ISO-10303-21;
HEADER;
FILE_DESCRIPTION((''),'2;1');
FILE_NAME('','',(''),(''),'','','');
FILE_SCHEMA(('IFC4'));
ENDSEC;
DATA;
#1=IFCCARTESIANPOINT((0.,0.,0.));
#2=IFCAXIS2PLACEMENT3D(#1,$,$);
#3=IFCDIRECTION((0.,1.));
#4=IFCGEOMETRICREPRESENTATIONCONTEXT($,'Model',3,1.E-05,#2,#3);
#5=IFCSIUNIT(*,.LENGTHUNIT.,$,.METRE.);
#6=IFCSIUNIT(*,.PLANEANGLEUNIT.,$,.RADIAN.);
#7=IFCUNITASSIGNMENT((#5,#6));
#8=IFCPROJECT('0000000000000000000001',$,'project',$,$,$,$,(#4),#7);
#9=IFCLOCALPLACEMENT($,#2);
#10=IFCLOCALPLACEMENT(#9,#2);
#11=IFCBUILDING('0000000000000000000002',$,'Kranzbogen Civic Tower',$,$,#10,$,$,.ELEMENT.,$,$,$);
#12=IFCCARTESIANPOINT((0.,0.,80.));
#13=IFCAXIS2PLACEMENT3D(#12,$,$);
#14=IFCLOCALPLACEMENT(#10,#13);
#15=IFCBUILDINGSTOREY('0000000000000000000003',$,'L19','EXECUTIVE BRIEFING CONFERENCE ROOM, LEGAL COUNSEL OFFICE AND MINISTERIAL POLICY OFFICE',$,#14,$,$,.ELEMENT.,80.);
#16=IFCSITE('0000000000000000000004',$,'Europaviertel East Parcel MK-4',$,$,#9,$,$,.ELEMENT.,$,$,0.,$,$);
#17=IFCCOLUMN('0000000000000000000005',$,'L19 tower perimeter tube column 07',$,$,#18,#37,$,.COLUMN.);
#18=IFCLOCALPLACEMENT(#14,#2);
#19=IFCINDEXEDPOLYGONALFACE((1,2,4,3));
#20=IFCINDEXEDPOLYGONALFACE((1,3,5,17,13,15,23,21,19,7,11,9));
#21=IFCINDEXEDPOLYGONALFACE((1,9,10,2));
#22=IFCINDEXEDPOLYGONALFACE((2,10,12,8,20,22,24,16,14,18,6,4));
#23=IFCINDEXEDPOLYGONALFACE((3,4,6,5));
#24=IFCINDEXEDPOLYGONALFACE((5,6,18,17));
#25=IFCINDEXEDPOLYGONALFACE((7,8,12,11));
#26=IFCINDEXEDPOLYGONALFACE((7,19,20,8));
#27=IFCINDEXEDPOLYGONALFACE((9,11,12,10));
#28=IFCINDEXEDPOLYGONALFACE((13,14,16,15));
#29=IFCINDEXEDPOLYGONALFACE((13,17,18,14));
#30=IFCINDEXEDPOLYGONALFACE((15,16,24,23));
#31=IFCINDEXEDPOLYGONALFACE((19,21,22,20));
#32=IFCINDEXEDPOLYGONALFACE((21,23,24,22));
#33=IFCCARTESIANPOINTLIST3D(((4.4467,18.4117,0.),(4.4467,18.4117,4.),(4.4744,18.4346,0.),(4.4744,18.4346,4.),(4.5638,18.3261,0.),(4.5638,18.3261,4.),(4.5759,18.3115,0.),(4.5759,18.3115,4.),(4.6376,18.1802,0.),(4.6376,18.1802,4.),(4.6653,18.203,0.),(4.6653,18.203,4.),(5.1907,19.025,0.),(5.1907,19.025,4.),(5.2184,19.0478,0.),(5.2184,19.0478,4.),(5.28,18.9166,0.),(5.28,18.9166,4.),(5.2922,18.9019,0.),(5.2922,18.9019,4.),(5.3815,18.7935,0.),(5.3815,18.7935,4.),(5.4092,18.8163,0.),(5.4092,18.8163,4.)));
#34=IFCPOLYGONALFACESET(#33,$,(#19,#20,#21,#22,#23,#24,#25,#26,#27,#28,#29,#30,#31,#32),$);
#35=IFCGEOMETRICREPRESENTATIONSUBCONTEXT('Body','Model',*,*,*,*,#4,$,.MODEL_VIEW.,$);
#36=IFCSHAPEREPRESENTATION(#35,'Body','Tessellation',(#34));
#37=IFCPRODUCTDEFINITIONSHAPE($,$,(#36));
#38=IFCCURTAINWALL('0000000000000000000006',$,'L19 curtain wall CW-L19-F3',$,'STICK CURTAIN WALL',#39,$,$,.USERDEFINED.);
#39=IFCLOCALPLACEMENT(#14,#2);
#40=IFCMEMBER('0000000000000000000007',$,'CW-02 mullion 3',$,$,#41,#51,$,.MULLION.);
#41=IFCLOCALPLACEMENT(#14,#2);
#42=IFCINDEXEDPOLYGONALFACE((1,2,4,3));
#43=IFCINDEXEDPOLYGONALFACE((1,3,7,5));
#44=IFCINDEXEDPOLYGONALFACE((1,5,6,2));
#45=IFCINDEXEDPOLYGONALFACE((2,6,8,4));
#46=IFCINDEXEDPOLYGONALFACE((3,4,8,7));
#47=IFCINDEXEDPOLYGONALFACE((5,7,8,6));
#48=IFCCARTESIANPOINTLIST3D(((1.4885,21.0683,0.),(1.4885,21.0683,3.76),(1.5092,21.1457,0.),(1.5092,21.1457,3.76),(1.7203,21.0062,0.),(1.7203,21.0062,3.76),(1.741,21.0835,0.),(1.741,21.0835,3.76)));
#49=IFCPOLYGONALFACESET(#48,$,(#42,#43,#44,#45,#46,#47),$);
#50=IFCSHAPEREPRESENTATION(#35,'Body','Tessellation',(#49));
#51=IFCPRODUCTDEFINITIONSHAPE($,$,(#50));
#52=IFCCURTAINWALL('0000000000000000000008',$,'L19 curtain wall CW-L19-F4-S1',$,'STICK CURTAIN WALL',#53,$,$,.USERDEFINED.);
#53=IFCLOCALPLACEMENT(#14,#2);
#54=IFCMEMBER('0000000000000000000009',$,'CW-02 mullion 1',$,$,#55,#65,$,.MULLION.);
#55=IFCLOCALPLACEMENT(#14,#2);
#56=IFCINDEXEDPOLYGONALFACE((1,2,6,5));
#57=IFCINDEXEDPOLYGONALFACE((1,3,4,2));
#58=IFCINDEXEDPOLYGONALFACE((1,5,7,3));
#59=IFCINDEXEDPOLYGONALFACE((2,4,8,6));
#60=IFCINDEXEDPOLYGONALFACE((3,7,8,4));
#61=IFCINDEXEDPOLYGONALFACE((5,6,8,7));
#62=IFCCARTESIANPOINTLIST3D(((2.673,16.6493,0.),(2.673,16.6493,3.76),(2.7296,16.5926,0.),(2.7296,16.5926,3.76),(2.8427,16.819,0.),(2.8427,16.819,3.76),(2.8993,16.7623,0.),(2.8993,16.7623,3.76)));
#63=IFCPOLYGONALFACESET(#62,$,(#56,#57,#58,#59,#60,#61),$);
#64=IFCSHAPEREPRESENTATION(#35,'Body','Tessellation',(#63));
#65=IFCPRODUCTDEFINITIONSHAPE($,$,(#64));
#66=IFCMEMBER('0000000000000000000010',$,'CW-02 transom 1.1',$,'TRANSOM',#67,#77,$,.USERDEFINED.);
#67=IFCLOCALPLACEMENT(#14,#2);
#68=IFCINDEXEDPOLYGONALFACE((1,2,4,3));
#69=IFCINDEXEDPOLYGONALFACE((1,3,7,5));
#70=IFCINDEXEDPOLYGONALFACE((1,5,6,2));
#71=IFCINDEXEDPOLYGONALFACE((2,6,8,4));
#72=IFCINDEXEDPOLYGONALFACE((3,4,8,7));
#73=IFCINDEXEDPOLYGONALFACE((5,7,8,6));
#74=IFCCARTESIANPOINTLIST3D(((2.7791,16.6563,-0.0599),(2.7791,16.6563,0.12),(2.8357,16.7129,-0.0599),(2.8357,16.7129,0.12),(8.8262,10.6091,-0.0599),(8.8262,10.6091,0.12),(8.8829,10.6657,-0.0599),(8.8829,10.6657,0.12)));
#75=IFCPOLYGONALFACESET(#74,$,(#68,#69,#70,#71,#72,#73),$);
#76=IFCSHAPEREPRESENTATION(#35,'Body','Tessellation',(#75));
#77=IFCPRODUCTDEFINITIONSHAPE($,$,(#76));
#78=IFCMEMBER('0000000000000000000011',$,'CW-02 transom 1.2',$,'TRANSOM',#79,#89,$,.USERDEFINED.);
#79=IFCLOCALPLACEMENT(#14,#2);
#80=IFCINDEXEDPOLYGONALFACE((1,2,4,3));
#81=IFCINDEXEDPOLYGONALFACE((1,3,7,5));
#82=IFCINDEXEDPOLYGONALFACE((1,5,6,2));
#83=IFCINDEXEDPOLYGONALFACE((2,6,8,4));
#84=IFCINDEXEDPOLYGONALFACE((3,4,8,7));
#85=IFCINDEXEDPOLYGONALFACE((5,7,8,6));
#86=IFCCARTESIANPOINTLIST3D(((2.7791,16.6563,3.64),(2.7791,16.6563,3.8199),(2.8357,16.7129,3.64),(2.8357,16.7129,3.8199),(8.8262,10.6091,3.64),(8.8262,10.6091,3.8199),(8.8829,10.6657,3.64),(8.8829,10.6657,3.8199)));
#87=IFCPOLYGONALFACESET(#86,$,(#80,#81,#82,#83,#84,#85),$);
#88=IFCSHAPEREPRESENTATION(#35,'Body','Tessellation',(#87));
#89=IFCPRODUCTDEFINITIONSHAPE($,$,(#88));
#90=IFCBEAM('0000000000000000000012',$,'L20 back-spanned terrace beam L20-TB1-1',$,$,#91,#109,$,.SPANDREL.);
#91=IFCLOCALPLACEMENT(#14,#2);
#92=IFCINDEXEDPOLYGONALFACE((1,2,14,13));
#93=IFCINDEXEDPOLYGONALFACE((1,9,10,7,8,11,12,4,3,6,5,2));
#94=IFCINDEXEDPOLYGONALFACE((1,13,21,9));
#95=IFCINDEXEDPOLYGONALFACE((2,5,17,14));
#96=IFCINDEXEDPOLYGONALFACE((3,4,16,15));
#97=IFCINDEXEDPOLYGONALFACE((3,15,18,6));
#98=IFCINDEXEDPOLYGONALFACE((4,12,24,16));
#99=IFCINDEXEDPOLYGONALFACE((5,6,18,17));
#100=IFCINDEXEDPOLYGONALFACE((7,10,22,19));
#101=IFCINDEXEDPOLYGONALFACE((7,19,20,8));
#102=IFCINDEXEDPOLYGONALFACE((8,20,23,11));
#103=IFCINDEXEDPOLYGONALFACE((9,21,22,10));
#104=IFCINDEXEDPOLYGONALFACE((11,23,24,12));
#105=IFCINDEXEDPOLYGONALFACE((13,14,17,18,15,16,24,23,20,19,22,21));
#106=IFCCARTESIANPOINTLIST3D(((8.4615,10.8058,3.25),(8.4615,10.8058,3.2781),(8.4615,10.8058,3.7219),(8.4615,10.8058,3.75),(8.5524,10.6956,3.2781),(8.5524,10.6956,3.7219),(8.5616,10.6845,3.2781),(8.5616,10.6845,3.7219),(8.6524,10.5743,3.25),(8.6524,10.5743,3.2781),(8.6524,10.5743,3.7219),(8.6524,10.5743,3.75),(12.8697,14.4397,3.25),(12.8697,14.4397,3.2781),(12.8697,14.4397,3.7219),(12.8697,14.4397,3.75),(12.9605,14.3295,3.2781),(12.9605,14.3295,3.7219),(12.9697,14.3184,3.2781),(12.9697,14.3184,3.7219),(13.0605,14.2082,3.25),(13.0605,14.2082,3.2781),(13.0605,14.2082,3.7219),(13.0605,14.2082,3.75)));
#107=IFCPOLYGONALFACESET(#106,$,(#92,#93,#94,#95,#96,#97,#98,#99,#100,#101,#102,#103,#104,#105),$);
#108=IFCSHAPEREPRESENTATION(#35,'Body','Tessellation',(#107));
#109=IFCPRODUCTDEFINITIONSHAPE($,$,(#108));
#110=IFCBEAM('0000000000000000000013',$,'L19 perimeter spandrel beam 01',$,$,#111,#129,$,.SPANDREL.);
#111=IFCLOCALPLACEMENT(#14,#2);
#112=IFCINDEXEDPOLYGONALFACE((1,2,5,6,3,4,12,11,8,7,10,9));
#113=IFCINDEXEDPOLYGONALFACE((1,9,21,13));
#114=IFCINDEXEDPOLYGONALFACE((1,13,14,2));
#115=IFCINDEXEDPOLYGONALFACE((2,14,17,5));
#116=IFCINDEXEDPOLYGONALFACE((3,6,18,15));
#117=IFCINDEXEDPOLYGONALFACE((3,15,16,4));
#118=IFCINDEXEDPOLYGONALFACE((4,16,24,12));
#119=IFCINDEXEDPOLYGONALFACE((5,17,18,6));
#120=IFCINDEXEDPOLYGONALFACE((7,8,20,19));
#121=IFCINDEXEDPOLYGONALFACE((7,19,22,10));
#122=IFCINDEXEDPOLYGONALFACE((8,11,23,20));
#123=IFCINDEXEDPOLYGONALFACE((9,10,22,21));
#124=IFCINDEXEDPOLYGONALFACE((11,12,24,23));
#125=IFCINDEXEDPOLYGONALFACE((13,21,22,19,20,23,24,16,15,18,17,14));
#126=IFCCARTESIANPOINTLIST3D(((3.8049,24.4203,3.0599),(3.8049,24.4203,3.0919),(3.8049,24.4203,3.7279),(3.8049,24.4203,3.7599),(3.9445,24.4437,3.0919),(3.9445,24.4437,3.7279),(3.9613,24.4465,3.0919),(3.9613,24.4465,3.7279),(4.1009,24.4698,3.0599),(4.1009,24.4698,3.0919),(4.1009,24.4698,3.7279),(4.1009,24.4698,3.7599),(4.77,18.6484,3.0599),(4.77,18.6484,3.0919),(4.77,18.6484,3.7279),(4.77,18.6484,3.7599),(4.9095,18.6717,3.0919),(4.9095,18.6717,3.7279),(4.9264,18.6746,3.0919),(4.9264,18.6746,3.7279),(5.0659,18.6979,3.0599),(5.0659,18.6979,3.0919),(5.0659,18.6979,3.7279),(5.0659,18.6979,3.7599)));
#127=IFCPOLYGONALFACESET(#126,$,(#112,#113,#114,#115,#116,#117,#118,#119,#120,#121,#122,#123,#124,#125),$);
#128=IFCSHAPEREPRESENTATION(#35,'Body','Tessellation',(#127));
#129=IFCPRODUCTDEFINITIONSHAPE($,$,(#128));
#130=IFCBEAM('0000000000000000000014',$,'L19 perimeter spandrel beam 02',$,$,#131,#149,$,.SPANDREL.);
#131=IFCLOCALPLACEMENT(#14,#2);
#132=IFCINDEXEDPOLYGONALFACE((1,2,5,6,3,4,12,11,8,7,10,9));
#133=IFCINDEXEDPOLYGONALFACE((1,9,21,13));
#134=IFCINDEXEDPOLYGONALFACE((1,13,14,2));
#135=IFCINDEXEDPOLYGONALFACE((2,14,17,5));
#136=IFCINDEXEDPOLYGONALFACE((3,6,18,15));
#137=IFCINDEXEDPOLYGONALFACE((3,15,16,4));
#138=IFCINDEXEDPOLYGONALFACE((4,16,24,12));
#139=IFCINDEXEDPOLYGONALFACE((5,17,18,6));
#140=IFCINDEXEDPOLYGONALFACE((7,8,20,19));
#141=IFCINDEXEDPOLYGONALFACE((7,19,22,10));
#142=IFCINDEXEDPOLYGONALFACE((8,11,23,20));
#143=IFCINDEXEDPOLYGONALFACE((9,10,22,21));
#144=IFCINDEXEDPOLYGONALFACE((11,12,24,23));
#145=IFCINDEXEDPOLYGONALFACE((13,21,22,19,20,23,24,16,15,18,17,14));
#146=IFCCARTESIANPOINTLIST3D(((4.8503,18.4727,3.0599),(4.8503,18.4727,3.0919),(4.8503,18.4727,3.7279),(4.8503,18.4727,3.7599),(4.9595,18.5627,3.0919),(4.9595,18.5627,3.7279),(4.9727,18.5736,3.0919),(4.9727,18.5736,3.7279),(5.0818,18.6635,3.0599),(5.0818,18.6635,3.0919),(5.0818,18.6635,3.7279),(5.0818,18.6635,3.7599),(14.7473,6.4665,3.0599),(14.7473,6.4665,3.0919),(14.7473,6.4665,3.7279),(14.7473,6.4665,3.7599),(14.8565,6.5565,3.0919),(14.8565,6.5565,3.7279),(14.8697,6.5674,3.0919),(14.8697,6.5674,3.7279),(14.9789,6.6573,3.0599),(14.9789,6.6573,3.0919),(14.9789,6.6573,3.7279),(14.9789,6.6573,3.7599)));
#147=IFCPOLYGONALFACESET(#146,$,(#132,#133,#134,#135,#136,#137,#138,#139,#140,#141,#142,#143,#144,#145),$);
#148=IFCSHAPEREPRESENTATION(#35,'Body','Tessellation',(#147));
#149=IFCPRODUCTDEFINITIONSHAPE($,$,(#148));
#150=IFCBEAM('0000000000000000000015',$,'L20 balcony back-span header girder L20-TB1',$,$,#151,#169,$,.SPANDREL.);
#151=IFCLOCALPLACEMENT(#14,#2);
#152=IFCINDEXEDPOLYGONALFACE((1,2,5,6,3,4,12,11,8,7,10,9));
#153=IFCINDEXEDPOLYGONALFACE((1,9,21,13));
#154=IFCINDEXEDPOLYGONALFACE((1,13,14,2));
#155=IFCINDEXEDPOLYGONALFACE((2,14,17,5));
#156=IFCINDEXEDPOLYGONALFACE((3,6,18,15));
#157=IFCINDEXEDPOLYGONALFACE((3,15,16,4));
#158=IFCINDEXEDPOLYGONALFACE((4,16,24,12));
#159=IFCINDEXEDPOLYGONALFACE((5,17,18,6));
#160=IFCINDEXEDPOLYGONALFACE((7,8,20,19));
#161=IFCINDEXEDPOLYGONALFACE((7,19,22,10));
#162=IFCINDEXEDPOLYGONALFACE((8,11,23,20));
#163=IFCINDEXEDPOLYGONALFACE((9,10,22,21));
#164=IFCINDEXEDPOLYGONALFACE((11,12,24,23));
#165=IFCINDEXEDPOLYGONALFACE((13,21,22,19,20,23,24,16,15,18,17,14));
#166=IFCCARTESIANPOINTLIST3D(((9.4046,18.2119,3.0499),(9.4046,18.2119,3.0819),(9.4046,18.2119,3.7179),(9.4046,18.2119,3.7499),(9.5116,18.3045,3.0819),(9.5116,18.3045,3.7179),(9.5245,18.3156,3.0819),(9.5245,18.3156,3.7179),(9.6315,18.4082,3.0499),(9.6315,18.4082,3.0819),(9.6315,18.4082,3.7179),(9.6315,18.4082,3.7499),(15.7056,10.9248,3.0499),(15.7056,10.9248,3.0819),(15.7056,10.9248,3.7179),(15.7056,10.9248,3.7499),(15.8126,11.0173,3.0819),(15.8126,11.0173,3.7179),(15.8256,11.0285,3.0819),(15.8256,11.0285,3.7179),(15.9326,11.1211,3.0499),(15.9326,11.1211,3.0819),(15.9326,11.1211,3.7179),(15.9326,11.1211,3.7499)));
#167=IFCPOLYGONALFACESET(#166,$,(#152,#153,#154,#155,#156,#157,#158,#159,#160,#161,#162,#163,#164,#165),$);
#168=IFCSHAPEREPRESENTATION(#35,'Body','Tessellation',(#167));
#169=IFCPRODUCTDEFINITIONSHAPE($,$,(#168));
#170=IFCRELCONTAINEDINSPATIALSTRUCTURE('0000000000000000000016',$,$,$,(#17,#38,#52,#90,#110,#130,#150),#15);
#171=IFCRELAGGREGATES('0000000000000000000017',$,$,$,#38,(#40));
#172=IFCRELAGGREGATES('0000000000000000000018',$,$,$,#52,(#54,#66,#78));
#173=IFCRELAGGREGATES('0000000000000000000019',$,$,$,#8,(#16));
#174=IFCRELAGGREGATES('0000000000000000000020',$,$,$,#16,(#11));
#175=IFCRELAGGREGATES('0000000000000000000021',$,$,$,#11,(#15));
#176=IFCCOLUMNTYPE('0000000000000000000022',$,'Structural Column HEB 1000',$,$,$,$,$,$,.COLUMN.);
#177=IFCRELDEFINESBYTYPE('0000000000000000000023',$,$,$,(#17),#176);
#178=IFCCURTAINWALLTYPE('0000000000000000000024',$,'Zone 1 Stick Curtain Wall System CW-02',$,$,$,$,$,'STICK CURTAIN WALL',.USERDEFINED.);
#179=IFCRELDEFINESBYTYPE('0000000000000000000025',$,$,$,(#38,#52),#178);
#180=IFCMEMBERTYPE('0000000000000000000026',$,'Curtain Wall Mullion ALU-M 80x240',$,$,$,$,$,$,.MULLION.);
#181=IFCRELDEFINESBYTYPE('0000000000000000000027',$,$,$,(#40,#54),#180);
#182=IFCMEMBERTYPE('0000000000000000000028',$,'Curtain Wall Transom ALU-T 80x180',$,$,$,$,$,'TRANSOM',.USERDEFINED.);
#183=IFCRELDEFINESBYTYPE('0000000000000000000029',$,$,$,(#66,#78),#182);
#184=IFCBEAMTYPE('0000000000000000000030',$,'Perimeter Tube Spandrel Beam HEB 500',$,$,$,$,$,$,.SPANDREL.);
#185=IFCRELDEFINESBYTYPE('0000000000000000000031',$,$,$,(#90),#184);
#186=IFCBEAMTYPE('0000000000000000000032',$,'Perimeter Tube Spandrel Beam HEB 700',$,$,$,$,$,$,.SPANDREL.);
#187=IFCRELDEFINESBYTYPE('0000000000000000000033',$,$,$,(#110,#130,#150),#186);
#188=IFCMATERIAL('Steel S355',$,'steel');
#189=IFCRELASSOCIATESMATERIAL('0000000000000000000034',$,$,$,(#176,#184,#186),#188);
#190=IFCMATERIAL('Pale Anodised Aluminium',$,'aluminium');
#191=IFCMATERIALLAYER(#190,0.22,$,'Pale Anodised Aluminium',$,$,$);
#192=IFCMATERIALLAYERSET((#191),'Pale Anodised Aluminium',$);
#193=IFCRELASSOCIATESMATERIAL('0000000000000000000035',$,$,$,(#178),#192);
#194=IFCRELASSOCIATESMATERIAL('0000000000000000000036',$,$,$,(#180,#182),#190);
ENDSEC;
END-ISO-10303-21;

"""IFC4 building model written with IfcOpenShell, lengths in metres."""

from ifc_helpers import new_model, si_unit, direction, frame, origin, origin_2d, place, context, subcontext, project, spatial, rectangle, i_section, extrude, material, layer, layer_set, material_profile, profile_set, type_object, element, aggregate, save


model = new_model("IFC4")

# Units and contexts
model_context = context("Model", 3, precision=1e-05, world=origin(), true_north=direction((0.0, 1.0)))
body_context = subcontext(model_context, "Body", "Model", "MODEL_VIEW")
ifc_project = project(units=[si_unit("LENGTHUNIT", "METRE"), si_unit("PLANEANGLEUNIT", "RADIAN")], contexts=[model_context])

# Site, building, storey
site_placement = place(None, origin())
site = spatial("IfcSite", under=ifc_project, at=site_placement, Name="Europaviertel East Parcel MK-4", CompositionType="ELEMENT", RefElevation=0.0)
building_placement = place(site_placement, origin())
building = spatial("IfcBuilding", under=site, at=building_placement, Name="Kranzbogen Civic Tower", CompositionType="ELEMENT")
storey_placement = place(building_placement, frame((0.0, 0.0, 80.0)))
storey = spatial("IfcBuildingStorey", under=building, at=storey_placement, Name="L19", Description="EXECUTIVE BRIEFING CONFERENCE ROOM, LEGAL COUNSEL OFFICE AND MINISTERIAL POLICY OFFICE", CompositionType="ELEMENT", Elevation=80.0)

# Column
ifc_material_1 = material(Name="Steel S355", Category="steel")
ifc_material_profile_1 = material_profile(ifc_material_1, i_section(OverallWidth=0.3, OverallDepth=1.0, WebThickness=0.019, FlangeThickness=0.0359, at=origin_2d()), Name="HEB 1000")
ifc_profile_set_1 = profile_set([ifc_material_profile_1], Name="Steel S355")
column_type = type_object("IfcColumnType", Name="Structural Column HEB 1000", PredefinedType="COLUMN", material=ifc_profile_set_1)
column_placement = place(storey_placement, frame((4.928, 18.614, 0.0), z_axis=(0.0, 0.0, 1.0), x_axis=(-0.636078, 0.771625, 0.0)))
element("IfcColumn", 1, at=column_placement, inside=storey, type_object=column_type, Name="L19 tower perimeter tube column 07", PredefinedType="COLUMN", context=body_context, shape_type="SweptSolid", body=[
    extrude(i_section(OverallWidth=0.3, OverallDepth=1.0, WebThickness=0.019, FlangeThickness=0.0359, at=origin_2d()), origin(), (0.0, 0.0, 1.0), 4.0),
])

# Curtain wall, member
ifc_material_2 = material(Name="Pale Anodised Aluminium", Category="aluminium")
ifc_layer_1 = layer(ifc_material_2, 0.22, Name="Pale Anodised Aluminium")
ifc_layer_set_1 = layer_set([ifc_layer_1], Name="Pale Anodised Aluminium")
curtain_wall_type = type_object("IfcCurtainWallType", Name="Zone 1 Stick Curtain Wall System CW-02", ElementType="STICK CURTAIN WALL", PredefinedType="USERDEFINED", material=ifc_layer_set_1)
curtain_wall_1_placement = place(storey_placement, origin())
curtain_wall_1 = element("IfcCurtainWall", 2, at=curtain_wall_1_placement, inside=storey, type_object=curtain_wall_type, Name="L19 curtain wall CW-L19-F3", ObjectType="STICK CURTAIN WALL", PredefinedType="USERDEFINED")
ifc_material_profile_2 = material_profile(ifc_material_2, rectangle(XDim=0.0801, YDim=0.24, at=origin_2d()), Name="ALU-M 80x240")
ifc_profile_set_2 = profile_set([ifc_material_profile_2], Name="Pale Anodised Aluminium")
member_type_1 = type_object("IfcMemberType", Name="Curtain Wall Mullion ALU-M 80x240", PredefinedType="MULLION", material=ifc_profile_set_2)
member_1_placement = place(storey_placement, frame((1.6147, 21.0759, 0.0), z_axis=(0.0, 0.0, 1.0), x_axis=(-0.258851, -0.965917, 0.0)))
member_1 = element("IfcMember", 3, at=member_1_placement, type_object=member_type_1, Name="CW-02 mullion 3", PredefinedType="MULLION", context=body_context, shape_type="SweptSolid", body=[
    extrude(rectangle(XDim=0.0801, YDim=0.24, at=origin_2d()), origin(), (0.0, 0.0, 1.0), 3.76),
])
aggregate(curtain_wall_1, [member_1])

# Curtain wall, members
curtain_wall_2_placement = place(storey_placement, origin())
curtain_wall_2 = element("IfcCurtainWall", 4, at=curtain_wall_2_placement, inside=storey, type_object=curtain_wall_type, Name="L19 curtain wall CW-L19-F4-S1", ObjectType="STICK CURTAIN WALL", PredefinedType="USERDEFINED")
member_2_placement = place(storey_placement, frame((2.7861, 16.7058, 0.0), z_axis=(0.0, 0.0, 1.0), x_axis=(0.707107, -0.707107, 0.0)))
member_2 = element("IfcMember", 5, at=member_2_placement, type_object=member_type_1, Name="CW-02 mullion 1", PredefinedType="MULLION", context=body_context, shape_type="SweptSolid", body=[
    extrude(rectangle(XDim=0.0801, YDim=0.24, at=origin_2d()), origin(), (0.0, 0.0, 1.0), 3.76),
])
ifc_material_profile_3 = material_profile(ifc_material_2, rectangle(XDim=0.0801, YDim=0.1799, at=origin_2d()), Name="ALU-T 80x180")
ifc_profile_set_3 = profile_set([ifc_material_profile_3], Name="Pale Anodised Aluminium")
member_type_2 = type_object("IfcMemberType", Name="Curtain Wall Transom ALU-T 80x180", ElementType="TRANSOM", PredefinedType="USERDEFINED", material=ifc_profile_set_3)
member_3_placement = place(storey_placement, frame((2.8074, 16.6846, 0.03), z_axis=(0.707107, -0.707107, 0.0), x_axis=(0.707107, 0.707107, 0.0)))
member_3 = element("IfcMember", 6, at=member_3_placement, type_object=member_type_2, Name="CW-02 transom 1.1", ObjectType="TRANSOM", PredefinedType="USERDEFINED", context=body_context, shape_type="SweptSolid", body=[
    extrude(rectangle(XDim=0.0801, YDim=0.1799, at=origin_2d()), origin(), (0.0, 0.0, 1.0), 8.552),
])
member_4_placement = place(storey_placement, frame((2.8074, 16.6846, 3.73), z_axis=(0.707107, -0.707107, 0.0), x_axis=(0.707107, 0.707107, 0.0)))
member_4 = element("IfcMember", 7, at=member_4_placement, type_object=member_type_2, Name="CW-02 transom 1.2", ObjectType="TRANSOM", PredefinedType="USERDEFINED", context=body_context, shape_type="SweptSolid", body=[
    extrude(rectangle(XDim=0.0801, YDim=0.1799, at=origin_2d()), origin(), (0.0, 0.0, 1.0), 8.552),
])
aggregate(curtain_wall_2, [member_2, member_3, member_4])

# Beams
ifc_material_profile_4 = material_profile(ifc_material_1, i_section(OverallWidth=0.3, OverallDepth=0.5, WebThickness=0.0144, FlangeThickness=0.0281, at=origin_2d()), Name="HEB 500")
ifc_profile_set_4 = profile_set([ifc_material_profile_4], Name="Steel S355")
beam_type_1 = type_object("IfcBeamType", Name="Perimeter Tube Spandrel Beam HEB 500", PredefinedType="SPANDREL", material=ifc_profile_set_4)
beam_1_placement = place(storey_placement, frame((12.9651, 14.324, 3.5), z_axis=(-0.771608, -0.636098, 0.0), x_axis=(0.636098, -0.771608, 0.0)))
element("IfcBeam", 8, at=beam_1_placement, inside=storey, type_object=beam_type_1, Name="L20 back-spanned terrace beam L20-TB1-1", PredefinedType="SPANDREL", context=body_context, shape_type="SweptSolid", body=[
    extrude(i_section(OverallWidth=0.3, OverallDepth=0.5, WebThickness=0.0144, FlangeThickness=0.0281, at=origin_2d()), origin(), (0.0, 0.0, 1.0), 5.7129),
])
ifc_material_profile_5 = material_profile(ifc_material_1, i_section(OverallWidth=0.3, OverallDepth=0.7, WebThickness=0.0171, FlangeThickness=0.032, at=origin_2d()), Name="HEB 700")
ifc_profile_set_5 = profile_set([ifc_material_profile_5], Name="Steel S355")
beam_type_2 = type_object("IfcBeamType", Name="Perimeter Tube Spandrel Beam HEB 700", PredefinedType="SPANDREL", material=ifc_profile_set_5)
beam_2_placement = place(storey_placement, frame((3.9529, 24.4451, 3.4099), z_axis=(0.164913, -0.986308, 0.0), x_axis=(0.986308, 0.164913, 0.0)))
element("IfcBeam", 9, at=beam_2_placement, inside=storey, type_object=beam_type_2, Name="L19 perimeter spandrel beam 01", PredefinedType="SPANDREL", context=body_context, shape_type="SweptSolid", body=[
    extrude(i_section(OverallWidth=0.3, OverallDepth=0.7, WebThickness=0.0171, FlangeThickness=0.032, at=origin_2d()), origin(), (0.0, 0.0, 1.0), 5.8521),
])
beam_3_placement = place(storey_placement, frame((4.9661, 18.5681, 3.4099), z_axis=(0.636075, -0.771628, 0.0), x_axis=(0.771628, 0.636075, 0.0)))
element("IfcBeam", 10, at=beam_3_placement, inside=storey, type_object=beam_type_2, Name="L19 perimeter spandrel beam 02", PredefinedType="SPANDREL", context=body_context, shape_type="SweptSolid", body=[
    extrude(i_section(OverallWidth=0.3, OverallDepth=0.7, WebThickness=0.0171, FlangeThickness=0.032, at=origin_2d()), origin(), (0.0, 0.0, 1.0), 15.5596),
])
beam_4_placement = place(storey_placement, frame((9.5181, 18.3101, 3.3999), z_axis=(0.654072, -0.756432, 0.0), x_axis=(0.756432, 0.654072, 0.0)))
element("IfcBeam", 11, at=beam_4_placement, inside=storey, type_object=beam_type_2, Name="L20 balcony back-span header girder L20-TB1", PredefinedType="SPANDREL", context=body_context, shape_type="SweptSolid", body=[
    extrude(i_section(OverallWidth=0.3, OverallDepth=0.7, WebThickness=0.0171, FlangeThickness=0.032, at=origin_2d()), origin(), (0.0, 0.0, 1.0), 9.6335),
])

save(model, "model.ifc")
